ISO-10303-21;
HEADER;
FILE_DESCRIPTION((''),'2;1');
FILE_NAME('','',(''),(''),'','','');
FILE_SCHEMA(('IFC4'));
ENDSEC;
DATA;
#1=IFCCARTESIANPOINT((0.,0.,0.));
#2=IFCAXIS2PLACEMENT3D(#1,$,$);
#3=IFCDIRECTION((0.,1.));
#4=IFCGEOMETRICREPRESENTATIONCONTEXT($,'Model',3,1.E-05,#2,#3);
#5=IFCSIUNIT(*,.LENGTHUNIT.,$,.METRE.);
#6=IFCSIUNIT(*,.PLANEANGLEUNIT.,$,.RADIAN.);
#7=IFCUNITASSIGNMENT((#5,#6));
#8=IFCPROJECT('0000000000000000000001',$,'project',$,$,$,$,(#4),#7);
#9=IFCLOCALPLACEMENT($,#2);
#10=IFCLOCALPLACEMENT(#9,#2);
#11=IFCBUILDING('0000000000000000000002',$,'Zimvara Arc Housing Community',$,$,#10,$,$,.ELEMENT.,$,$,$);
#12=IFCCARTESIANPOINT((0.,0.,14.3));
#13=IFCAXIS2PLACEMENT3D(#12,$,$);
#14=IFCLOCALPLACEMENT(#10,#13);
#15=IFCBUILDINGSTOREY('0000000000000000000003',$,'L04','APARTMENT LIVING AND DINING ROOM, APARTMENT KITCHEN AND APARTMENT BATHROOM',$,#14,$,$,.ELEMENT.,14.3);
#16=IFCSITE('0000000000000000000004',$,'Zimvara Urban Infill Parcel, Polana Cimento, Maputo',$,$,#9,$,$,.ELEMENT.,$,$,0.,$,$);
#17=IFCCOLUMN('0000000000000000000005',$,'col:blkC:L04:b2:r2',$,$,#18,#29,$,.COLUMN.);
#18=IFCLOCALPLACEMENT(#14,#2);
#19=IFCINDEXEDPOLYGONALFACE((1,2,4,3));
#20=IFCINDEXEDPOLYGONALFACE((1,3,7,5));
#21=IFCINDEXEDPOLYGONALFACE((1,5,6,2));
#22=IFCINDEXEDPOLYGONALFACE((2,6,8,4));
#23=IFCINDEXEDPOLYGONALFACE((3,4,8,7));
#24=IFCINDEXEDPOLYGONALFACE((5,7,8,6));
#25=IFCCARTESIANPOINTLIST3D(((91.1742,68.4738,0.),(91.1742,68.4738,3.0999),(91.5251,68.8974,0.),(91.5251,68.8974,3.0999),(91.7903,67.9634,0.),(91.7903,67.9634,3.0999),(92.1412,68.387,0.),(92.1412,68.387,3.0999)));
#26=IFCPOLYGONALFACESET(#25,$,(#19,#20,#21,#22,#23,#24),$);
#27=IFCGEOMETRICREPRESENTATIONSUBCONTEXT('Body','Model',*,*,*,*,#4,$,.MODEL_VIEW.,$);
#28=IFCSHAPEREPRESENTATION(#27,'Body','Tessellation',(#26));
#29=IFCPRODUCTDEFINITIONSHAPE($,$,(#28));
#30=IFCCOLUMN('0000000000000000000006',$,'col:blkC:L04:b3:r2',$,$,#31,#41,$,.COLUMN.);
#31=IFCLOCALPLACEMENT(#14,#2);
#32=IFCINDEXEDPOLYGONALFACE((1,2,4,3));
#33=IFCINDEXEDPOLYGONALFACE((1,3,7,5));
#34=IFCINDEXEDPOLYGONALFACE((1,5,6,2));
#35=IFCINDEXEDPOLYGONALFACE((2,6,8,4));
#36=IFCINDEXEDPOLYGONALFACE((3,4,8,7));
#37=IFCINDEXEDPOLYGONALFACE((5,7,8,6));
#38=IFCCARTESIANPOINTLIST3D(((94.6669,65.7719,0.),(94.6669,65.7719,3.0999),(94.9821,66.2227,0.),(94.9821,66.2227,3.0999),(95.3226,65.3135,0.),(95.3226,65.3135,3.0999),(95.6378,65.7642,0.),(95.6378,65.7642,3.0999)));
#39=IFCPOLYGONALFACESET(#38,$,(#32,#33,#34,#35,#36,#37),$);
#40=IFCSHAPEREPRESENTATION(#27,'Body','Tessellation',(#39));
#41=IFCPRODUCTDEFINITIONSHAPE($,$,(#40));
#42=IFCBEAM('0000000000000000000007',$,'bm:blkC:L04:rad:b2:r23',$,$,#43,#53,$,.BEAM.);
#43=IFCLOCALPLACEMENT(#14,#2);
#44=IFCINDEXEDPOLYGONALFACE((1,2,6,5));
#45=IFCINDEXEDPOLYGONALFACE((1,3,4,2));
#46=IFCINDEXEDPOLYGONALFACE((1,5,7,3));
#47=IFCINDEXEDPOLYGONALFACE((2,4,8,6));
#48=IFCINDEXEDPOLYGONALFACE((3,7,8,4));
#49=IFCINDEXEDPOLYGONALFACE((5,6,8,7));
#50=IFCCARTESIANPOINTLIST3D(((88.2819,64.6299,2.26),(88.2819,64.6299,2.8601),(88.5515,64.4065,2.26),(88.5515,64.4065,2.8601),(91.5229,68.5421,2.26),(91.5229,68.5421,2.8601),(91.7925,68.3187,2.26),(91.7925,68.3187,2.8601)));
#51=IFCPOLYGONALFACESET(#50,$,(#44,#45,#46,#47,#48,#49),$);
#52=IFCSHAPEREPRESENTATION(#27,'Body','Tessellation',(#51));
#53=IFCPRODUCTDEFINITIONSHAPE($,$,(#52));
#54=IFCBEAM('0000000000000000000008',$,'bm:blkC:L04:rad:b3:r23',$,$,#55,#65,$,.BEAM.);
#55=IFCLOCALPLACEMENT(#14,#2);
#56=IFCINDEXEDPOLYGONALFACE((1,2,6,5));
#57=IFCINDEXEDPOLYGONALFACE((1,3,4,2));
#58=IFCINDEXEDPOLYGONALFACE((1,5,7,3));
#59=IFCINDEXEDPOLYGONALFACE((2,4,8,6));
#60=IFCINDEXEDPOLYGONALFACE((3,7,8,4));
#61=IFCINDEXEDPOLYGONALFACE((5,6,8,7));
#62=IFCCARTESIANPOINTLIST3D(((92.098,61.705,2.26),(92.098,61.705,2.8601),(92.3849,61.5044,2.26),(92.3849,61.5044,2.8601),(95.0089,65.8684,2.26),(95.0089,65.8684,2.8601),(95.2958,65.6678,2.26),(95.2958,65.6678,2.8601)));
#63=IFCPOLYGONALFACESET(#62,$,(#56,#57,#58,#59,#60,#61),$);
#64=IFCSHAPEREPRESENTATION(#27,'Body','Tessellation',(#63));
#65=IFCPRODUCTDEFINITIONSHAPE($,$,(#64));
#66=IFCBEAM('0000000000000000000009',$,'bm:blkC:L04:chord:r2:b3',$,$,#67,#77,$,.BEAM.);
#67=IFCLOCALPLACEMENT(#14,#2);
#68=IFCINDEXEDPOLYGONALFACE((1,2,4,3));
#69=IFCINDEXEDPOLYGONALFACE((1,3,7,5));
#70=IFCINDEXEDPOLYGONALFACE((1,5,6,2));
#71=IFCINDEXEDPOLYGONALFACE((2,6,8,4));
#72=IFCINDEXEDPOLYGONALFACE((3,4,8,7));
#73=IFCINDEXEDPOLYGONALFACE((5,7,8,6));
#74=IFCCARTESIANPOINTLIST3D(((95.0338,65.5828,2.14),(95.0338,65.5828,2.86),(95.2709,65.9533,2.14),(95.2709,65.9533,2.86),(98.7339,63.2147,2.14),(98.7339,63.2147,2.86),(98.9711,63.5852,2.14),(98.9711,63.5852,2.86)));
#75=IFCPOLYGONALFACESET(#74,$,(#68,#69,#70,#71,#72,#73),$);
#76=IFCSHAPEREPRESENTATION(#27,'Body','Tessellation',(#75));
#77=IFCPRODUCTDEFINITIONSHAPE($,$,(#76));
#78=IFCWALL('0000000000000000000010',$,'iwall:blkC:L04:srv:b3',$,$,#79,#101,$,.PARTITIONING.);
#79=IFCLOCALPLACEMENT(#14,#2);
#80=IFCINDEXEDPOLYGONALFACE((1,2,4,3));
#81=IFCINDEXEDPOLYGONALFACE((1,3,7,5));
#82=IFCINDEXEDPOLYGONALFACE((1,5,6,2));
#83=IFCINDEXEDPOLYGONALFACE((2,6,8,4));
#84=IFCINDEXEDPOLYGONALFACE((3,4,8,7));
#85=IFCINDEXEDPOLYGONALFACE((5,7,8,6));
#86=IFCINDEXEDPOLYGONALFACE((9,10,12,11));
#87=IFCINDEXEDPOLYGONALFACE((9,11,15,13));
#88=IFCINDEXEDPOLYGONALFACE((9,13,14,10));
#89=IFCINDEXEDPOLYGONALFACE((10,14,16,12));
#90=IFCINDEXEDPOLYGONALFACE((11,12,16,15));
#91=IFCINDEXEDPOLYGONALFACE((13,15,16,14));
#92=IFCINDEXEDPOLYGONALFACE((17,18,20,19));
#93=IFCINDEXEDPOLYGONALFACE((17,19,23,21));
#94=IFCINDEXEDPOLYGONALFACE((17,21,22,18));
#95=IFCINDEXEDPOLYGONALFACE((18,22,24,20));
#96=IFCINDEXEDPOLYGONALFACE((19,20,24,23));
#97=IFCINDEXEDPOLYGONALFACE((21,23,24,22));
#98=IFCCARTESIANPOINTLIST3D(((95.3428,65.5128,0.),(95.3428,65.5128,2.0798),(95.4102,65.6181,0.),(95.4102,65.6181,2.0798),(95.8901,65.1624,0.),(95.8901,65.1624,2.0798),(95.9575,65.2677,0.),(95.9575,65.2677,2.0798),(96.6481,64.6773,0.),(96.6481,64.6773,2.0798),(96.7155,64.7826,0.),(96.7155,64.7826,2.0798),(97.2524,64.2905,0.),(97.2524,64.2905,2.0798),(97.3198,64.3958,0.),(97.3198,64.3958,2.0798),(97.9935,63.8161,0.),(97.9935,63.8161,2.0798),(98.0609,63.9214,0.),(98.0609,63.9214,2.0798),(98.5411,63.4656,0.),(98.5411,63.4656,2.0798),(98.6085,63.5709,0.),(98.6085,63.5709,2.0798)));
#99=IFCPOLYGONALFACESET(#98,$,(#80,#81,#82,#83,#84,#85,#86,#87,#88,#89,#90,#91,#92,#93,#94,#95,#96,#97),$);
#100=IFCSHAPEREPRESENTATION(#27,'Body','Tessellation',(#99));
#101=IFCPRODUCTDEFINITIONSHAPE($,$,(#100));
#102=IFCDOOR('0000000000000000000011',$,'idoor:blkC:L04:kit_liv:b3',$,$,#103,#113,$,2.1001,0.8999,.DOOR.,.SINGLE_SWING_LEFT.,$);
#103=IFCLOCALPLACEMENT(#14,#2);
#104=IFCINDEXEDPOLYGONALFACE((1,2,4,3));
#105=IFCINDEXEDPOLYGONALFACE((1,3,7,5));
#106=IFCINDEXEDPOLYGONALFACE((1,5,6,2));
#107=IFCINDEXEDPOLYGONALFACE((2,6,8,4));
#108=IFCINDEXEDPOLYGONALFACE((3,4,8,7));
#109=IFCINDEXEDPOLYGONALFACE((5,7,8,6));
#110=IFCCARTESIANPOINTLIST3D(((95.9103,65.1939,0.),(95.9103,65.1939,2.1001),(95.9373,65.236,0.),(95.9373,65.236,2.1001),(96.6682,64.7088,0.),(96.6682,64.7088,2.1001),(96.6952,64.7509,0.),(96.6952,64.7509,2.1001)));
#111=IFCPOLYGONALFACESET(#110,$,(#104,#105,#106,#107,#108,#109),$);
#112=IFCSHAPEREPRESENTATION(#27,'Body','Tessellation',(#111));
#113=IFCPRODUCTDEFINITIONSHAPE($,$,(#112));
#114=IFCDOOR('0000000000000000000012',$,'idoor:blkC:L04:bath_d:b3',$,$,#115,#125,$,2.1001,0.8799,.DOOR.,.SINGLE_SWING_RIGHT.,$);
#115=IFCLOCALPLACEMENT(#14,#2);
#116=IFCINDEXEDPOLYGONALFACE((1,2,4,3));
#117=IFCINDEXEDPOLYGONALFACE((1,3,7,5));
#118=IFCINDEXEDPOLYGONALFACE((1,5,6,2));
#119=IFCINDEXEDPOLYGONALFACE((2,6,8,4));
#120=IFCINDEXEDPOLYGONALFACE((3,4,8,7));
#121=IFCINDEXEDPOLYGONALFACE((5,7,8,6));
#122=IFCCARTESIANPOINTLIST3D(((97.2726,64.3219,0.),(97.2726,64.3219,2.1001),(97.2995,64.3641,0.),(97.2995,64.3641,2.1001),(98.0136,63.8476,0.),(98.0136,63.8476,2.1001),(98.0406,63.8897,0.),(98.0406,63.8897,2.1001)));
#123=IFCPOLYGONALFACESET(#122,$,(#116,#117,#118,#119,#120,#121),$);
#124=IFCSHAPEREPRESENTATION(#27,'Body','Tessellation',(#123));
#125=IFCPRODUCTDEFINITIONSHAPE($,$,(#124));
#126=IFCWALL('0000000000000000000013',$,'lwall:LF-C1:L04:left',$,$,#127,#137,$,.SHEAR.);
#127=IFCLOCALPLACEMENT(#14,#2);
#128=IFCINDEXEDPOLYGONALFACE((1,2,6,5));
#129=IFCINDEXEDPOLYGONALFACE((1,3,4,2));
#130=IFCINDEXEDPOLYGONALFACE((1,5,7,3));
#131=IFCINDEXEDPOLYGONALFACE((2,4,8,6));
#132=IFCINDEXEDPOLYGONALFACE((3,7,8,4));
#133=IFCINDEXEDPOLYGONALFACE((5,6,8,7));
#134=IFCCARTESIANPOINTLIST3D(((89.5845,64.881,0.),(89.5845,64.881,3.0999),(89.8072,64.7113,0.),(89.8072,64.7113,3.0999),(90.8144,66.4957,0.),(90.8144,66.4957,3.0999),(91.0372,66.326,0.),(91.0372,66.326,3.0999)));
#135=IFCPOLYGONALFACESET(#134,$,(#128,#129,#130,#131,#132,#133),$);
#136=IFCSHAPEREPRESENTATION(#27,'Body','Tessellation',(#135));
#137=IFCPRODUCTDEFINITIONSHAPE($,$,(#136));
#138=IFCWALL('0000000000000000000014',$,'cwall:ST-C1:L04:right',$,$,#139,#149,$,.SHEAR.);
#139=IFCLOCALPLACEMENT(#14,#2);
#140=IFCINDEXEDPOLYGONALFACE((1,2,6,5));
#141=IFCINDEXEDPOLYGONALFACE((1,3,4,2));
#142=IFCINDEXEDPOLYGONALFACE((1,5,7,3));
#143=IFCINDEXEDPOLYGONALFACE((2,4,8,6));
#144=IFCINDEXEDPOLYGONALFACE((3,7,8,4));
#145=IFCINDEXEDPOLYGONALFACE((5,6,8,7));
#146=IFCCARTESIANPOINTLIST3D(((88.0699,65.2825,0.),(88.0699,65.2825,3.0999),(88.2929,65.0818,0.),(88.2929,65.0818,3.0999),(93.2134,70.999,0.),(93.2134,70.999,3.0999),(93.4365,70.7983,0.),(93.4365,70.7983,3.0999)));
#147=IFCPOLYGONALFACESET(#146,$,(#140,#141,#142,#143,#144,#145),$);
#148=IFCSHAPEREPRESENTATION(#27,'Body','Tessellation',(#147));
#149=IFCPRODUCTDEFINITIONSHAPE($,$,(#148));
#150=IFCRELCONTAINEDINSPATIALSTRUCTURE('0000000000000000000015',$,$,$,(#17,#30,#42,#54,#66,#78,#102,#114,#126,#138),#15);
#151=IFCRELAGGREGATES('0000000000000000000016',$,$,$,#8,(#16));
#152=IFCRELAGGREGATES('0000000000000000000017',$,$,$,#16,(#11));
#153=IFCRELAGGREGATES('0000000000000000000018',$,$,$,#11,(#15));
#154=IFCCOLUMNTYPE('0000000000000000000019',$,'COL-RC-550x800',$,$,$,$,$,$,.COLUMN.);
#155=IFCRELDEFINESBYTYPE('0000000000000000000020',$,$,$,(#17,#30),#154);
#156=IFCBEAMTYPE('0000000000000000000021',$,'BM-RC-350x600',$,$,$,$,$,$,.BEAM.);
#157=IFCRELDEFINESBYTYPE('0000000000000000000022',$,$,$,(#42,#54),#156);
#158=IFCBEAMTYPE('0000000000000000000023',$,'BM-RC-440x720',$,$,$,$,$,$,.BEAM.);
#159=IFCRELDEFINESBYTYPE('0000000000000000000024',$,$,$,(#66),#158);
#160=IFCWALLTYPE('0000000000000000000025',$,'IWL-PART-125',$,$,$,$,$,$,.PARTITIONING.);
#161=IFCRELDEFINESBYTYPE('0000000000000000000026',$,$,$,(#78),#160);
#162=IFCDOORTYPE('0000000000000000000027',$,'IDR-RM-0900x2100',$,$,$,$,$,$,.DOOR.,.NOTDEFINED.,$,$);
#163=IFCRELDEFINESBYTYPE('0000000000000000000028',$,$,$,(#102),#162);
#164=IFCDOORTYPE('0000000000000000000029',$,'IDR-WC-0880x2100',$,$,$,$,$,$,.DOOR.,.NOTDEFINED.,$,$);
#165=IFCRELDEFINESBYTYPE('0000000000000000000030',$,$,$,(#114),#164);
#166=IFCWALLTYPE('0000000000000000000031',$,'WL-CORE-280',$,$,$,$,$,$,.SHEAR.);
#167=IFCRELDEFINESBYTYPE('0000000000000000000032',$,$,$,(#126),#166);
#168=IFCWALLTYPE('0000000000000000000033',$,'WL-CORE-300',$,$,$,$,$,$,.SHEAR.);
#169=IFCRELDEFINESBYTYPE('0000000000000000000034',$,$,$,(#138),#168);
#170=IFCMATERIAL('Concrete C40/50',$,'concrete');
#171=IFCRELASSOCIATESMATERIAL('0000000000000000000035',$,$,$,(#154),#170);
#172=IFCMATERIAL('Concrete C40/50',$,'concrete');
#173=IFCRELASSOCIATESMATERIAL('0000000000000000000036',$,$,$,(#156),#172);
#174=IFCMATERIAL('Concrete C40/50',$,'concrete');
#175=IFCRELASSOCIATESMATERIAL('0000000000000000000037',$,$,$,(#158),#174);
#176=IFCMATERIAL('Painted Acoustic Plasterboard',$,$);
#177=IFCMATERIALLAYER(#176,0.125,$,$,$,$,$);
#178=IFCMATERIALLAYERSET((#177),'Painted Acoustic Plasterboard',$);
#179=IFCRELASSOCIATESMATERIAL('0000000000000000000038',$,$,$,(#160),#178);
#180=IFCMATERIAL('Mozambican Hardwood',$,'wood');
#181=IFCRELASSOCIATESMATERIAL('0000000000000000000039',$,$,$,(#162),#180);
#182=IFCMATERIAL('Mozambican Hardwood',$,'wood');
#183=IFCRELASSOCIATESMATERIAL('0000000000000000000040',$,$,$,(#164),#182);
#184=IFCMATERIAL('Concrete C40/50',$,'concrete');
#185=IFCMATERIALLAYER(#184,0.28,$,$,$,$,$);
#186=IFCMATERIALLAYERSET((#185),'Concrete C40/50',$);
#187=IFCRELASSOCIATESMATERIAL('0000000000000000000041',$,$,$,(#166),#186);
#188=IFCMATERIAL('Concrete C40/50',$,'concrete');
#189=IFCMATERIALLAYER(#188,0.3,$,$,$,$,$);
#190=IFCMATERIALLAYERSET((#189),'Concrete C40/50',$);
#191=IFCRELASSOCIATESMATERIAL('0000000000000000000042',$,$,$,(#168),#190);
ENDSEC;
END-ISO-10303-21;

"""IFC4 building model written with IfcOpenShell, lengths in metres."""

from ifc_helpers import new_model, si_unit, direction, frame, frame_2d, origin, origin_2d, place, context, subcontext, project, spatial, rectangle, extrude, material, layer, layer_set, material_profile, profile_set, type_object, element, fill, save


model = new_model("IFC4")

# Units and contexts
model_context = context("Model", 3, precision=1e-05, world=origin(), true_north=direction((0.0, 1.0)))
body_context = subcontext(model_context, "Body", "Model", "MODEL_VIEW")
ifc_project = project(units=[si_unit("LENGTHUNIT", "METRE"), si_unit("PLANEANGLEUNIT", "RADIAN")], contexts=[model_context])

# Site, building, storey
site_placement = place(None, origin())
site = spatial("IfcSite", under=ifc_project, at=site_placement, Name="Zimvara Urban Infill Parcel, Polana Cimento, Maputo", CompositionType="ELEMENT", RefElevation=0.0)
building_placement = place(site_placement, origin())
building = spatial("IfcBuilding", under=site, at=building_placement, Name="Zimvara Arc Housing Community", CompositionType="ELEMENT")
storey_placement = place(building_placement, frame((0.0, 0.0, 14.3)))
storey = spatial("IfcBuildingStorey", under=building, at=storey_placement, Name="L04", Description="APARTMENT LIVING AND DINING ROOM, APARTMENT KITCHEN AND APARTMENT BATHROOM", CompositionType="ELEMENT", Elevation=14.3)

# Columns
ifc_material_1 = material(Name="Concrete C40/50", Category="concrete")
ifc_material_profile_1 = material_profile(ifc_material_1, rectangle(XDim=0.55, YDim=0.8, at=origin_2d()), Name="RC 550x800")
ifc_profile_set_1 = profile_set([ifc_material_profile_1], Name="Concrete C40/50")
column_type = type_object("IfcColumnType", Name="COL-RC-550x800", PredefinedType="COLUMN", material=ifc_profile_set_1)
for number, where, z_axis, x_axis, name in (
    (1, (91.6577, 68.4304, 0.0), (0.0, 0.0, 1.0), (-0.637962, -0.770068, 0.0), "col:blkC:L04:b2:r2"),
    (2, (95.1523, 65.7681, 0.0), (0.0, 0.0, 1.0), (-0.573004, -0.819552, 0.0), "col:blkC:L04:b3:r2"),
):
    element("IfcColumn", number, at=place(storey_placement, frame(where, z_axis=z_axis, x_axis=x_axis)), inside=storey, type_object=column_type, Name=name, PredefinedType="COLUMN", context=body_context, shape_type="SweptSolid", body=[
        extrude(rectangle(XDim=0.55, YDim=0.8, at=origin_2d()), origin(), (0.0, 0.0, 1.0), 3.0999),
    ])

# Beams
ifc_material_2 = material(Name="Concrete C40/50", Category="concrete")
ifc_material_profile_2 = material_profile(ifc_material_2, rectangle(XDim=0.3501, YDim=0.6001, at=origin_2d()), Name="RC 350x600")
ifc_profile_set_2 = profile_set([ifc_material_profile_2], Name="Concrete C40/50")
beam_type_1 = type_object("IfcBeamType", Name="BM-RC-350x600", PredefinedType="BEAM", material=ifc_profile_set_2)
beam_1_placement = place(storey_placement, frame((91.6577, 68.4304, 2.5601), z_axis=(-0.63796, -0.770069, 0.0), x_axis=(0.770069, -0.63796, 0.0)))
element("IfcBeam", 3, at=beam_1_placement, inside=storey, type_object=beam_type_1, Name="bm:blkC:L04:rad:b2:r23", PredefinedType="BEAM", context=body_context, shape_type="SweptSolid", body=[
    extrude(rectangle(XDim=0.3501, YDim=0.6001, at=origin_2d()), origin(), (0.0, 0.0, 1.0), 5.0803),
])
beam_2_placement = place(storey_placement, frame((95.1523, 65.7681, 2.5601), z_axis=(-0.573007, -0.81955, 0.0), x_axis=(0.81955, -0.573007, 0.0)))
element("IfcBeam", 4, at=beam_2_placement, inside=storey, type_object=beam_type_1, Name="bm:blkC:L04:rad:b3:r23", PredefinedType="BEAM", context=body_context, shape_type="SweptSolid", body=[
    extrude(rectangle(XDim=0.3501, YDim=0.6001, at=origin_2d()), origin(), (0.0, 0.0, 1.0), 5.0801),
])
ifc_material_3 = material(Name="Concrete C40/50", Category="concrete")
ifc_material_profile_3 = material_profile(ifc_material_3, rectangle(XDim=0.4399, YDim=0.72, at=origin_2d()), Name="RC 440x720")
ifc_profile_set_3 = profile_set([ifc_material_profile_3], Name="Concrete C40/50")
beam_type_2 = type_object("IfcBeamType", Name="BM-RC-440x720", PredefinedType="BEAM", material=ifc_profile_set_3)
beam_3_placement = place(storey_placement, frame((95.1523, 65.7681, 2.5), z_axis=(0.842267, -0.53906, 0.0), x_axis=(0.53906, 0.842267, 0.0)))
element("IfcBeam", 5, at=beam_3_placement, inside=storey, type_object=beam_type_2, Name="bm:blkC:L04:chord:r2:b3", PredefinedType="BEAM", context=body_context, shape_type="SweptSolid", body=[
    extrude(rectangle(XDim=0.4399, YDim=0.72, at=origin_2d()), origin(), (0.0, 0.0, 1.0), 4.3931),
])

# Wall, openings, doors
ifc_material_4 = material(Name="Painted Acoustic Plasterboard")
ifc_layer_1 = layer(ifc_material_4, 0.125)
ifc_layer_set_1 = layer_set([ifc_layer_1], Name="Painted Acoustic Plasterboard")
wall_type_1 = type_object("IfcWallType", Name="IWL-PART-125", PredefinedType="PARTITIONING", material=ifc_layer_set_1)
wall_1_placement = place(storey_placement, frame((95.3765, 65.5654, 0.0), z_axis=(0.0, 0.0, 1.0), x_axis=(0.842242, -0.539099, 0.0)))
wall_1 = element("IfcWall", 6, at=wall_1_placement, inside=storey, type_object=wall_type_1, Name="iwall:blkC:L04:srv:b3", PredefinedType="PARTITIONING", context=body_context, shape_type="SweptSolid", body=[
    extrude(rectangle(XDim=3.7974, YDim=0.125, at=frame_2d((1.8987, 0.0))), origin(), (0.0, 0.0, 1.0), 2.0798),
])
opening_1_placement = place(wall_1_placement, frame((0.6499, 0.0, 0.0)))
opening_1 = element("IfcOpeningElement", 7, at=opening_1_placement, cuts=wall_1, PredefinedType="OPENING", context=body_context, shape_type="SweptSolid", body=[
    extrude(rectangle(XDim=0.8999, YDim=2.1001, at=frame_2d((0.45, 1.05))), frame((0.0, 0.0725, 0.0), z_axis=(0.0, -1.0, 0.0), x_axis=(1.0, 0.0, 0.0)), (0.0, 0.0, 1.0), 0.145),
])
opening_2_placement = place(wall_1_placement, frame((2.2673, 0.0, 0.0)))
opening_2 = element("IfcOpeningElement", 8, at=opening_2_placement, cuts=wall_1, PredefinedType="OPENING", context=body_context, shape_type="SweptSolid", body=[
    extrude(rectangle(XDim=0.8799, YDim=2.1001, at=frame_2d((0.4399, 1.05))), frame((0.0, 0.0725, 0.0), z_axis=(0.0, -1.0, 0.0), x_axis=(1.0, 0.0, 0.0)), (0.0, 0.0, 1.0), 0.145),
])
ifc_material_5 = material(Name="Mozambican Hardwood", Category="wood")
door_type_1 = type_object("IfcDoorType", Name="IDR-RM-0900x2100", OperationType="NOTDEFINED", PredefinedType="DOOR", material=ifc_material_5)
door_1_placement = place(opening_1_placement, origin())
door_1 = element("IfcDoor", 9, at=door_1_placement, inside=storey, type_object=door_type_1, Name="idoor:blkC:L04:kit_liv:b3", OperationType="SINGLE_SWING_LEFT", OverallHeight=2.1001, OverallWidth=0.8999, PredefinedType="DOOR", context=body_context, shape_type="SweptSolid", body=[
    extrude(rectangle(XDim=0.8999, YDim=2.1001, at=frame_2d((0.45, 1.05))), frame((0.0, 0.0249, 0.0), z_axis=(0.0, -1.0, 0.0), x_axis=(1.0, 0.0, 0.0)), (0.0, 0.0, 1.0), 0.05),
])
fill(opening_1, door_1)
ifc_material_6 = material(Name="Mozambican Hardwood", Category="wood")
door_type_2 = type_object("IfcDoorType", Name="IDR-WC-0880x2100", OperationType="NOTDEFINED", PredefinedType="DOOR", material=ifc_material_6)
door_2_placement = place(opening_2_placement, origin())
door_2 = element("IfcDoor", 10, at=door_2_placement, inside=storey, type_object=door_type_2, Name="idoor:blkC:L04:bath_d:b3", OperationType="SINGLE_SWING_RIGHT", OverallHeight=2.1001, OverallWidth=0.8799, PredefinedType="DOOR", context=body_context, shape_type="SweptSolid", body=[
    extrude(rectangle(XDim=0.8799, YDim=2.1001, at=frame_2d((0.4399, 1.05))), frame((0.0, 0.0249, 0.0), z_axis=(0.0, -1.0, 0.0), x_axis=(1.0, 0.0, 0.0)), (0.0, 0.0, 1.0), 0.05),
])
fill(opening_2, door_2)

# Shared definitions
ifc_material_7 = material(Name="Concrete C40/50", Category="concrete")
ifc_layer_2 = layer(ifc_material_7, 0.28)
ifc_layer_set_2 = layer_set([ifc_layer_2], Name="Concrete C40/50")
wall_type_2 = type_object("IfcWallType", Name="WL-CORE-280", PredefinedType="SHEAR", material=ifc_layer_set_2)

# Walls
wall_2_placement = place(storey_placement, frame((90.9258, 66.4109, 0.0), z_axis=(0.0, 0.0, 1.0), x_axis=(-0.605949, -0.795504, 0.0)))
element("IfcWall", 11, at=wall_2_placement, inside=storey, type_object=wall_type_2, Name="lwall:LF-C1:L04:left", PredefinedType="SHEAR", context=body_context, shape_type="SweptSolid", body=[
    extrude(rectangle(XDim=2.0298, YDim=0.28, at=frame_2d((1.0149, 0.0))), origin(), (0.0, 0.0, 1.0), 3.0999),
])
ifc_material_8 = material(Name="Concrete C40/50", Category="concrete")
ifc_layer_3 = layer(ifc_material_8, 0.3)
ifc_layer_set_3 = layer_set([ifc_layer_3], Name="Concrete C40/50")
wall_type_3 = type_object("IfcWallType", Name="WL-CORE-300", PredefinedType="SHEAR", material=ifc_layer_set_3)
wall_3_placement = place(storey_placement, frame((93.325, 70.8987, 0.0), z_axis=(0.0, 0.0, 1.0), x_axis=(-0.668868, -0.743381, 0.0)))
element("IfcWall", 12, at=wall_3_placement, inside=storey, type_object=wall_type_3, Name="cwall:ST-C1:L04:right", PredefinedType="SHEAR", context=body_context, shape_type="SweptSolid", body=[
    extrude(rectangle(XDim=7.6899, YDim=0.3, at=frame_2d((3.845, 0.0))), origin(), (0.0, 0.0, 1.0), 3.0999),
])

save(model, "model.ifc")
